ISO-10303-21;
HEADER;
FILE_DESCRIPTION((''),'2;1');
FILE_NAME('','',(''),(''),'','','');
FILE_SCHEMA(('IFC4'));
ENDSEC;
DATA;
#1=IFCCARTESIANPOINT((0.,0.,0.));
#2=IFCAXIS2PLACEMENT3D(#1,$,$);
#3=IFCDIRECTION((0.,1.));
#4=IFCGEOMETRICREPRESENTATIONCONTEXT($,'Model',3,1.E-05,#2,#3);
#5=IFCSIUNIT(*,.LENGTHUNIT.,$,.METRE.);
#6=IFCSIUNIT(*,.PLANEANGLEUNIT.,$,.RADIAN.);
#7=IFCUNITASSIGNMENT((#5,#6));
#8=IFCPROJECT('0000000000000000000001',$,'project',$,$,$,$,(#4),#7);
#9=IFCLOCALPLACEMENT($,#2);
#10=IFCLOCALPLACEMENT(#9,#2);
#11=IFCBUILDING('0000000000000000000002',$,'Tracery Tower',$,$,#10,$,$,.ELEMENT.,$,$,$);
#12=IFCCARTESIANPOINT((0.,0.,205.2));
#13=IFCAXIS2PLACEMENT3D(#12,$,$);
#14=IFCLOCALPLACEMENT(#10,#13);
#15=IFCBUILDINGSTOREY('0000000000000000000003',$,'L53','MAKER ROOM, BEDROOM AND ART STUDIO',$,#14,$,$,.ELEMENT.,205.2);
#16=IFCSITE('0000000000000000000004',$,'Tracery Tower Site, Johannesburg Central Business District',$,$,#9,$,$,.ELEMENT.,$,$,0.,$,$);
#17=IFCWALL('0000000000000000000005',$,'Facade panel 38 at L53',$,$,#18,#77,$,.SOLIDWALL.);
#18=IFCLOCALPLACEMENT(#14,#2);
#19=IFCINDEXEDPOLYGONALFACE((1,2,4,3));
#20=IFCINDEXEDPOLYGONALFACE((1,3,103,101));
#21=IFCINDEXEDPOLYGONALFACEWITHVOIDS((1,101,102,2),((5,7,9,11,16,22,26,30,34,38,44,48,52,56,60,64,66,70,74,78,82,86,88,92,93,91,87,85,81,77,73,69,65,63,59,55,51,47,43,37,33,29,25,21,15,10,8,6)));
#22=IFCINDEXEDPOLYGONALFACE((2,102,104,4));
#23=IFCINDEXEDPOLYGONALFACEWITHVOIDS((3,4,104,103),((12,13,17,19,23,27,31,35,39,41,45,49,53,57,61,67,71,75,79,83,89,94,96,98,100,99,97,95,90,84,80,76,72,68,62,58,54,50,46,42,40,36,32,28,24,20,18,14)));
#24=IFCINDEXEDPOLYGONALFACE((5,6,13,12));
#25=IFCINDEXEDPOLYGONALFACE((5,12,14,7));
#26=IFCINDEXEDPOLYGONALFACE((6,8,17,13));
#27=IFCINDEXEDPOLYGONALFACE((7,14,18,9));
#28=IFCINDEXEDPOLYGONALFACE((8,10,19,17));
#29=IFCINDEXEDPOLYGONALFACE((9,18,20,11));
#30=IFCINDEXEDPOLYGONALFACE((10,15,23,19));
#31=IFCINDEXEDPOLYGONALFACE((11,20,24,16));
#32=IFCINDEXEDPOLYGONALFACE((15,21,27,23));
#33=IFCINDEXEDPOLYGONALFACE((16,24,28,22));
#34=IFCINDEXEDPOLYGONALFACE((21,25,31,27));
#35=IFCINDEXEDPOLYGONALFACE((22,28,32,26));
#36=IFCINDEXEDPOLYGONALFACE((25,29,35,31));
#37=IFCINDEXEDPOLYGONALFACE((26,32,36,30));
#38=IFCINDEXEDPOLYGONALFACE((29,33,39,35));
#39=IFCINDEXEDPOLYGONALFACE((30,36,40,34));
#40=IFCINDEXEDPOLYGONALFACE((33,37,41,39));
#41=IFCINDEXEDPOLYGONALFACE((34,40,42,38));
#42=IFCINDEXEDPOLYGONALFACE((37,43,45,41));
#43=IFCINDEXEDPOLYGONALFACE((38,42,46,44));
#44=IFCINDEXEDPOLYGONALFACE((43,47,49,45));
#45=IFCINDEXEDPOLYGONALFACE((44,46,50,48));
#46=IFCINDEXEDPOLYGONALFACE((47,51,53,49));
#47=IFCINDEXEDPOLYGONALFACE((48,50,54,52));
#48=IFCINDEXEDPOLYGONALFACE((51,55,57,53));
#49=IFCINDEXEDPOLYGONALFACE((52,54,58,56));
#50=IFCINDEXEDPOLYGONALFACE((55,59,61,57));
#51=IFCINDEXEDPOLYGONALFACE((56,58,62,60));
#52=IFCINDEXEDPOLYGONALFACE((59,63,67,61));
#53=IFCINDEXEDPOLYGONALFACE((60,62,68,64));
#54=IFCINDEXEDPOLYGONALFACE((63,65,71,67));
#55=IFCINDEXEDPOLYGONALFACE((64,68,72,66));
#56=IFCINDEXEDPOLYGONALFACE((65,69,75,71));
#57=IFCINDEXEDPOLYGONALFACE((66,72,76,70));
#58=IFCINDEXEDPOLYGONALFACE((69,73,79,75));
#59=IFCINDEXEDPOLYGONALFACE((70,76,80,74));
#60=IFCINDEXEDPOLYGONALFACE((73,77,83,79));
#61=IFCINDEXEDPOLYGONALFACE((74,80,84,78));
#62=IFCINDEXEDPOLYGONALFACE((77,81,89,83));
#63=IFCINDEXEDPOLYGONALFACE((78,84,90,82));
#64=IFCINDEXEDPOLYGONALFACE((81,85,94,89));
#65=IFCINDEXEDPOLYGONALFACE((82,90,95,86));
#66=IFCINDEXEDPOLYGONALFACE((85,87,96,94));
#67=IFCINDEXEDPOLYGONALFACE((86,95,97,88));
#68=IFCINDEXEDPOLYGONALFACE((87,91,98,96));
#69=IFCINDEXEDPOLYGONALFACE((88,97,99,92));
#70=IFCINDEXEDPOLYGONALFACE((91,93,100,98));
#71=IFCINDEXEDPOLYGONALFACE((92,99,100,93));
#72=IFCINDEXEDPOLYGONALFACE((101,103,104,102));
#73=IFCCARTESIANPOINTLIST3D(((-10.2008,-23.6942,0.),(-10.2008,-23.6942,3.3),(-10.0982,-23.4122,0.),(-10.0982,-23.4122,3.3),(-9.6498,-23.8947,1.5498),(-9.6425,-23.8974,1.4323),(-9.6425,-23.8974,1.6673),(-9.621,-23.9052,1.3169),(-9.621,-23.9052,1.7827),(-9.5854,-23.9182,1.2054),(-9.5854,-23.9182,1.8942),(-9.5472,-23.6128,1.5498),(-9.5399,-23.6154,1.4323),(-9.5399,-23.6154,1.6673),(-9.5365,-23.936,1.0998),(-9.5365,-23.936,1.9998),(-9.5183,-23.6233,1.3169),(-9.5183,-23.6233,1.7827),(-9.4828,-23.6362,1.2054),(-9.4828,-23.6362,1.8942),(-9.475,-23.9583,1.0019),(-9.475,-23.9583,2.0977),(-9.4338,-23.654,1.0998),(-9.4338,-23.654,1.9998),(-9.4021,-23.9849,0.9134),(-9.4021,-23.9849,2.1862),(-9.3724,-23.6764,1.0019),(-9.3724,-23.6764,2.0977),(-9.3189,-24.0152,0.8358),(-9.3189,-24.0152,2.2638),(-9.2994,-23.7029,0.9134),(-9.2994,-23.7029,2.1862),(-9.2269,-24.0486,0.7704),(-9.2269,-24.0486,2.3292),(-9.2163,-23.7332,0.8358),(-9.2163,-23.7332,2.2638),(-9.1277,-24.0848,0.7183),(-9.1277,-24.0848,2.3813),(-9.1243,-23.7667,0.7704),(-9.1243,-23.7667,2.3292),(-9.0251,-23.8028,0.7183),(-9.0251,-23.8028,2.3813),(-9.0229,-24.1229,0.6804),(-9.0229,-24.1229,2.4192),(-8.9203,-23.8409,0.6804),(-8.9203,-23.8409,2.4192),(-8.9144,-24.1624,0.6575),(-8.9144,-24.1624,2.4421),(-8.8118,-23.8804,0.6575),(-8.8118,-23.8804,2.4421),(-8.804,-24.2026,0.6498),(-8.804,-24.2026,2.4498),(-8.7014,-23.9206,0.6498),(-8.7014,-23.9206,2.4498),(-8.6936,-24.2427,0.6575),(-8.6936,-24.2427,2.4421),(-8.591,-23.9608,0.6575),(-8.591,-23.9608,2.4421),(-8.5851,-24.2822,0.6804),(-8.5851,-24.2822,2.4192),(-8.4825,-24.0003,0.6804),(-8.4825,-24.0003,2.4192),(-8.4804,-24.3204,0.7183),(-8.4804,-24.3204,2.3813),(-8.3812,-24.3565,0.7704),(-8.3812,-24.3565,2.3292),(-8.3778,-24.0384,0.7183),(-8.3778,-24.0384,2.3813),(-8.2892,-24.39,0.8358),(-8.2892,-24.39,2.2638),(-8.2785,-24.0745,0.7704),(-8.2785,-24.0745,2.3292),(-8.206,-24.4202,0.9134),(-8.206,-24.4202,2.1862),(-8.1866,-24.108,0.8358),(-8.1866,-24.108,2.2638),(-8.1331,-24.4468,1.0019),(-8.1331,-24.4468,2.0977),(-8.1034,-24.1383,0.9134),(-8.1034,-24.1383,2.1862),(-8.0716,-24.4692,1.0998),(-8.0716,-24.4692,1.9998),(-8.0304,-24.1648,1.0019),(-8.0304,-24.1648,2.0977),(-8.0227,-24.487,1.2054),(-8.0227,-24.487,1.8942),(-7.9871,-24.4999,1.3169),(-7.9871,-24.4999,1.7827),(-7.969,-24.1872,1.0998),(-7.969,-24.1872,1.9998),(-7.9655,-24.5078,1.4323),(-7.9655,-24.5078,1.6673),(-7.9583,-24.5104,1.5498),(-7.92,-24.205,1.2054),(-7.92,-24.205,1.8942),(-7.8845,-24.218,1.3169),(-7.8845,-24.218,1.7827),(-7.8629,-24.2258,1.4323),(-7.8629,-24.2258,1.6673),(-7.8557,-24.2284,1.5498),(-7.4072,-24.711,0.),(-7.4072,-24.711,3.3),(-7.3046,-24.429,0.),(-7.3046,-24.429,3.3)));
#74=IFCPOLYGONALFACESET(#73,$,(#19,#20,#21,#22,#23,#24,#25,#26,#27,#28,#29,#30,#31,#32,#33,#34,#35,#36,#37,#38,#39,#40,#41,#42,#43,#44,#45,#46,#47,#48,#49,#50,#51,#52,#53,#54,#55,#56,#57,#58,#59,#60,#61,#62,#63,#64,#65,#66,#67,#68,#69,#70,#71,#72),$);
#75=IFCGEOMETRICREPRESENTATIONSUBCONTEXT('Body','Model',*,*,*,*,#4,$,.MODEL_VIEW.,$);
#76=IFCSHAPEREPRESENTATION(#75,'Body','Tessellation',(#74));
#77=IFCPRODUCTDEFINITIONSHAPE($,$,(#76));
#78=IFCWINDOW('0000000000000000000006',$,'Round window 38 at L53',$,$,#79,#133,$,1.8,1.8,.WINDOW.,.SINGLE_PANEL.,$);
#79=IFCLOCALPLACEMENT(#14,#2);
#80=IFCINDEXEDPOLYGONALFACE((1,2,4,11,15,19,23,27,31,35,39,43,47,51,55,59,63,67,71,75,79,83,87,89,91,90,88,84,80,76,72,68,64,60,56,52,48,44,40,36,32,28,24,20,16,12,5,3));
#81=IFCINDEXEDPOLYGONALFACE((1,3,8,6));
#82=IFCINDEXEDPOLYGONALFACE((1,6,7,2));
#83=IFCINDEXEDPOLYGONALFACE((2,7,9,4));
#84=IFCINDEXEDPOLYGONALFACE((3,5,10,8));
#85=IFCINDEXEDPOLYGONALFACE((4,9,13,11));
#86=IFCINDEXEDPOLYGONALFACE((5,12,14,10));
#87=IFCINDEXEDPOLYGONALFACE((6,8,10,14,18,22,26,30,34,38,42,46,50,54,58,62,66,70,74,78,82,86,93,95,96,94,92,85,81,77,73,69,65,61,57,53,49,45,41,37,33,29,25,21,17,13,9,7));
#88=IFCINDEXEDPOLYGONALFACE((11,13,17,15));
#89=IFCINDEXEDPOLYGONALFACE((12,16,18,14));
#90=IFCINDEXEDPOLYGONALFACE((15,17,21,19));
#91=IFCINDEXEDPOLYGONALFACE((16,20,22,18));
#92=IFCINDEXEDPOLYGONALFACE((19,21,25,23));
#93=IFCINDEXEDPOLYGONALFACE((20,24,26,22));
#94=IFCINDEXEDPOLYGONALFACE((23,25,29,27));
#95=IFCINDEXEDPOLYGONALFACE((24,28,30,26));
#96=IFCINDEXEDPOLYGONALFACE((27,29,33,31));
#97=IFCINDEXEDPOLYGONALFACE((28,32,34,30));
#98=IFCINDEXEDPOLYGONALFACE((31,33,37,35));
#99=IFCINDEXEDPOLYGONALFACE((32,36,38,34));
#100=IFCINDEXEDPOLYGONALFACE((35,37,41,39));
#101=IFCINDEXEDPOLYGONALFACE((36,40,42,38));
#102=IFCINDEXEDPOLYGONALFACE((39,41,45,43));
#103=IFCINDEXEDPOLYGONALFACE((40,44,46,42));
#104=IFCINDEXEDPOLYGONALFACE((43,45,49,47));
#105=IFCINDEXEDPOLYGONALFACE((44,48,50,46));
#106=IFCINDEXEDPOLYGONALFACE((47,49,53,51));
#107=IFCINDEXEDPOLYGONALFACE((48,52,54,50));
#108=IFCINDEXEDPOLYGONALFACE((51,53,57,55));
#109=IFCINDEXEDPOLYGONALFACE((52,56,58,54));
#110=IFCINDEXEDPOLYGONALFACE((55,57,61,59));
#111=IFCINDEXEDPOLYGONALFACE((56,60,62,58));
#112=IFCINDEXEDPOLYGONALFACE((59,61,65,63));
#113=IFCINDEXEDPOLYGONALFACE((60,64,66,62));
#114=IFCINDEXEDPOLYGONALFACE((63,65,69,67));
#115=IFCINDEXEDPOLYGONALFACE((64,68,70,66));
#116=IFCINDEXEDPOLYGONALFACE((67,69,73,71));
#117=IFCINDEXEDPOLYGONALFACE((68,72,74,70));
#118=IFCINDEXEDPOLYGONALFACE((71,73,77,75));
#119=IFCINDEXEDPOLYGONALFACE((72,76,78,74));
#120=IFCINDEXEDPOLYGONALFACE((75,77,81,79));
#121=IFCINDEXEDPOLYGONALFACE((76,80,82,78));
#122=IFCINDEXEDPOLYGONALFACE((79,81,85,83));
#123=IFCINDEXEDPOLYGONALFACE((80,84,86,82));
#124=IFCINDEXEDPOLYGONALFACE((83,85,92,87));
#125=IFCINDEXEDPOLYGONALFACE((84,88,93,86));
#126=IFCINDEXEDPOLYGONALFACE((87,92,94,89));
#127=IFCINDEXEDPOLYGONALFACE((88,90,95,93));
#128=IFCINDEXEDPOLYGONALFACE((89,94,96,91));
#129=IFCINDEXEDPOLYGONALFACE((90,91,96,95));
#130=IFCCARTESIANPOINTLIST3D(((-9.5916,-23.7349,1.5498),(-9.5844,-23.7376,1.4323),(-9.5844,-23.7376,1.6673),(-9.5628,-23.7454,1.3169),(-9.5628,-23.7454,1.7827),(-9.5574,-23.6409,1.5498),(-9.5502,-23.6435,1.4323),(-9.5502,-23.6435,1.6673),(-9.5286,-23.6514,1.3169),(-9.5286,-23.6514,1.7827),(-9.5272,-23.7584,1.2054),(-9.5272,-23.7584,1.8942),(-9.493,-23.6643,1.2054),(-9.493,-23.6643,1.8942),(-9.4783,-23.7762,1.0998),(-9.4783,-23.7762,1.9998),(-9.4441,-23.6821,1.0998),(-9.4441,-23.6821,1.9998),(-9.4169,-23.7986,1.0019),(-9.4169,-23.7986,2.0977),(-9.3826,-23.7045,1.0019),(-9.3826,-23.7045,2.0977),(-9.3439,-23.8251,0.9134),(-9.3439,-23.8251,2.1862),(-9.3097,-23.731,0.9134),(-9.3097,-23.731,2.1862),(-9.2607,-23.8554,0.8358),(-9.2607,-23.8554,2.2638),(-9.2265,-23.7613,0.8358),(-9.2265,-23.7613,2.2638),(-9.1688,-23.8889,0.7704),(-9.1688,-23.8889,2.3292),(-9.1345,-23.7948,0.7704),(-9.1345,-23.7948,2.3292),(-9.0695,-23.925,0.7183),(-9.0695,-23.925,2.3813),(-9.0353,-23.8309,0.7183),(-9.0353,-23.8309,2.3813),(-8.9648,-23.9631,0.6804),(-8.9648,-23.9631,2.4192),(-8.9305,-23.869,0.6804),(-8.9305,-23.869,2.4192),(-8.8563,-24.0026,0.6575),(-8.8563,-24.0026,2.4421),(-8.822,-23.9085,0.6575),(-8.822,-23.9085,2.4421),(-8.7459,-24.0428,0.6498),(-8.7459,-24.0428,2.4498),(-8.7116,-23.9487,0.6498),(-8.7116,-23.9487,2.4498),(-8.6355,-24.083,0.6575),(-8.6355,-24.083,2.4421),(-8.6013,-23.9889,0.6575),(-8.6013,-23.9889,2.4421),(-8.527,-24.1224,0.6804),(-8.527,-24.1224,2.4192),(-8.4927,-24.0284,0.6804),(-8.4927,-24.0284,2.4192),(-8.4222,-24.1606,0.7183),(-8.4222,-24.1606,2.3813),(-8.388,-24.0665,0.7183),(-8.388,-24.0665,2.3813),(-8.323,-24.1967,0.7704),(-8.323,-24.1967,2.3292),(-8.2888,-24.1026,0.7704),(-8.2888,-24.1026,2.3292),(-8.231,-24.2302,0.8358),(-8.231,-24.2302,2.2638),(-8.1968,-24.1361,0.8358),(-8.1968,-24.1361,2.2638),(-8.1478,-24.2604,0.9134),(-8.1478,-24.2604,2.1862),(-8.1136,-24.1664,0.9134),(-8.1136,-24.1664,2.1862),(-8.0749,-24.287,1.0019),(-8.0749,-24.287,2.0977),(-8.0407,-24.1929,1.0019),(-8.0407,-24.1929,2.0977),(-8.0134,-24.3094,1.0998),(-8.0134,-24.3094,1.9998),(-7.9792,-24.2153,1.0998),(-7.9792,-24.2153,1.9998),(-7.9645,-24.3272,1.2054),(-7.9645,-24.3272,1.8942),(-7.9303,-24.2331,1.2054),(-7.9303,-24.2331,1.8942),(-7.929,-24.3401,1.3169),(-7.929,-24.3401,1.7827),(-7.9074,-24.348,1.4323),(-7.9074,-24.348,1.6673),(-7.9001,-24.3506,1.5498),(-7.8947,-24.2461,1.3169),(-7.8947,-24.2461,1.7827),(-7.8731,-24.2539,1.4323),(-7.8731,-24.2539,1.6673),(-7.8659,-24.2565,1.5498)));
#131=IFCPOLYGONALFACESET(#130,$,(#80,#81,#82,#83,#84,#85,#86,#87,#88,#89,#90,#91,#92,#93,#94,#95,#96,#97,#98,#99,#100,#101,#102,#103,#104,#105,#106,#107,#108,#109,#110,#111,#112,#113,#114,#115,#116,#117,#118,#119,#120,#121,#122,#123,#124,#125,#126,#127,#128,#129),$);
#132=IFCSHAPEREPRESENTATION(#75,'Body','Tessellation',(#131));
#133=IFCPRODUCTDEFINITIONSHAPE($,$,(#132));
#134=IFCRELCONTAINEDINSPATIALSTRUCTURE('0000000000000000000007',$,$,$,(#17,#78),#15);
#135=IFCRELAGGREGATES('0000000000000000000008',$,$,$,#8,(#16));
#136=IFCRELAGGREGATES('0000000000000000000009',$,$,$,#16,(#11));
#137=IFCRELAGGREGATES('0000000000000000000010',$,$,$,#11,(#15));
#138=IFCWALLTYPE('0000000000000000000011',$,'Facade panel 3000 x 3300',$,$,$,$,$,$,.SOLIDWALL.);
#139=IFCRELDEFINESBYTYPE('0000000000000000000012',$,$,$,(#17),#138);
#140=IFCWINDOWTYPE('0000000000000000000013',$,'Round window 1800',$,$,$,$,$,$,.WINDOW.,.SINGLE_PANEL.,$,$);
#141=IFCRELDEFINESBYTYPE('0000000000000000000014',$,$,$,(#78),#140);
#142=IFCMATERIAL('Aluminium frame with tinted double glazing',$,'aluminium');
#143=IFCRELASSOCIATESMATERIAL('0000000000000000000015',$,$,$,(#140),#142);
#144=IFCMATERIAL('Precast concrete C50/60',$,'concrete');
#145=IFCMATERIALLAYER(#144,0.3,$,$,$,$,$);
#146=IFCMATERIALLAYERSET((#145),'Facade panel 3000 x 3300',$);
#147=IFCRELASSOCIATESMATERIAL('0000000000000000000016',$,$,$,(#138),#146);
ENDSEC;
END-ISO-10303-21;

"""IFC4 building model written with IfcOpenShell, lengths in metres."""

from ifc_helpers import new_model, si_unit, direction, frame, frame_2d, origin, origin_2d, place, context, subcontext, project, spatial, rectangle, circle, extrude, material, layer, layer_set, type_object, element, fill, save


model = new_model("IFC4")

# Units and contexts
model_context = context("Model", 3, precision=1e-05, world=origin(), true_north=direction((0.0, 1.0)))
body_context = subcontext(model_context, "Body", "Model", "MODEL_VIEW")
ifc_project = project(units=[si_unit("LENGTHUNIT", "METRE"), si_unit("PLANEANGLEUNIT", "RADIAN")], contexts=[model_context])

# Site, building, storey
site_placement = place(None, origin())
site = spatial("IfcSite", under=ifc_project, at=site_placement, Name="Tracery Tower Site, Johannesburg Central Business District", CompositionType="ELEMENT", RefElevation=0.0)
building_placement = place(site_placement, origin())
building = spatial("IfcBuilding", under=site, at=building_placement, Name="Tracery Tower", CompositionType="ELEMENT")
storey_placement = place(building_placement, frame((0.0, 0.0, 205.2)))
storey = spatial("IfcBuildingStorey", under=building, at=storey_placement, Name="L53", Description="MAKER ROOM, BEDROOM AND ART STUDIO", CompositionType="ELEMENT", Elevation=205.2)

# Wall, opening, window
ifc_material_1 = material(Name="Aluminium frame with tinted double glazing", Category="aluminium")
window_type = type_object("IfcWindowType", Name="Round window 1800", PartitioningType="SINGLE_PANEL", PredefinedType="WINDOW", material=ifc_material_1)
ifc_material_2 = material(Name="Precast concrete C50/60", Category="concrete")
ifc_layer_1 = layer(ifc_material_2, 0.3)
ifc_layer_set_1 = layer_set([ifc_layer_1], Name="Facade panel 3000 x 3300")
wall_type_1 = type_object("IfcWallType", Name="Facade panel 3000 x 3300", PredefinedType="SOLIDWALL", material=ifc_layer_set_1)
wall_1_placement = place(storey_placement, frame((-10.1494, -23.5532, 0.0), z_axis=(0.0, 0.0, 1.0), x_axis=(0.93969, -0.342027, 0.0)))
wall_1 = element("IfcWall", 1, at=wall_1_placement, inside=storey, type_object=wall_type_1, Name="Facade panel 38 at L53", PredefinedType="SOLIDWALL", context=body_context, shape_type="SweptSolid", body=[
    extrude(rectangle(XDim=2.9729, YDim=0.3, at=frame_2d((1.4863, 0.0))), origin(), (0.0, 0.0, 1.0), 3.3),
])
opening_1_placement = place(wall_1_placement, frame((1.4863, 0.0, 1.5498)))
opening_1 = element("IfcOpeningElement", 2, at=opening_1_placement, cuts=wall_1, PredefinedType="OPENING", context=body_context, shape_type="SweptSolid", body=[
    extrude(circle(Radius=0.9, at=origin_2d()), frame((0.0, 0.1599, 0.0), z_axis=(0.0, -1.0, 0.0), x_axis=(1.0, 0.0, 0.0)), (0.0, 0.0, 1.0), 0.3201),
])
window_1_placement = place(opening_1_placement, origin())
window_1 = element("IfcWindow", 3, at=window_1_placement, inside=storey, type_object=window_type, Name="Round window 38 at L53", OverallHeight=1.8, OverallWidth=1.8, PartitioningType="SINGLE_PANEL", PredefinedType="WINDOW", context=body_context, shape_type="SweptSolid", body=[
    extrude(circle(Radius=0.9, at=origin_2d()), frame((0.0, 0.1201, 0.0), z_axis=(0.0, -1.0, 0.0), x_axis=(1.0, 0.0, 0.0)), (0.0, 0.0, 1.0), 0.1001),
])
fill(opening_1, window_1)

save(model, "model.ifc")
